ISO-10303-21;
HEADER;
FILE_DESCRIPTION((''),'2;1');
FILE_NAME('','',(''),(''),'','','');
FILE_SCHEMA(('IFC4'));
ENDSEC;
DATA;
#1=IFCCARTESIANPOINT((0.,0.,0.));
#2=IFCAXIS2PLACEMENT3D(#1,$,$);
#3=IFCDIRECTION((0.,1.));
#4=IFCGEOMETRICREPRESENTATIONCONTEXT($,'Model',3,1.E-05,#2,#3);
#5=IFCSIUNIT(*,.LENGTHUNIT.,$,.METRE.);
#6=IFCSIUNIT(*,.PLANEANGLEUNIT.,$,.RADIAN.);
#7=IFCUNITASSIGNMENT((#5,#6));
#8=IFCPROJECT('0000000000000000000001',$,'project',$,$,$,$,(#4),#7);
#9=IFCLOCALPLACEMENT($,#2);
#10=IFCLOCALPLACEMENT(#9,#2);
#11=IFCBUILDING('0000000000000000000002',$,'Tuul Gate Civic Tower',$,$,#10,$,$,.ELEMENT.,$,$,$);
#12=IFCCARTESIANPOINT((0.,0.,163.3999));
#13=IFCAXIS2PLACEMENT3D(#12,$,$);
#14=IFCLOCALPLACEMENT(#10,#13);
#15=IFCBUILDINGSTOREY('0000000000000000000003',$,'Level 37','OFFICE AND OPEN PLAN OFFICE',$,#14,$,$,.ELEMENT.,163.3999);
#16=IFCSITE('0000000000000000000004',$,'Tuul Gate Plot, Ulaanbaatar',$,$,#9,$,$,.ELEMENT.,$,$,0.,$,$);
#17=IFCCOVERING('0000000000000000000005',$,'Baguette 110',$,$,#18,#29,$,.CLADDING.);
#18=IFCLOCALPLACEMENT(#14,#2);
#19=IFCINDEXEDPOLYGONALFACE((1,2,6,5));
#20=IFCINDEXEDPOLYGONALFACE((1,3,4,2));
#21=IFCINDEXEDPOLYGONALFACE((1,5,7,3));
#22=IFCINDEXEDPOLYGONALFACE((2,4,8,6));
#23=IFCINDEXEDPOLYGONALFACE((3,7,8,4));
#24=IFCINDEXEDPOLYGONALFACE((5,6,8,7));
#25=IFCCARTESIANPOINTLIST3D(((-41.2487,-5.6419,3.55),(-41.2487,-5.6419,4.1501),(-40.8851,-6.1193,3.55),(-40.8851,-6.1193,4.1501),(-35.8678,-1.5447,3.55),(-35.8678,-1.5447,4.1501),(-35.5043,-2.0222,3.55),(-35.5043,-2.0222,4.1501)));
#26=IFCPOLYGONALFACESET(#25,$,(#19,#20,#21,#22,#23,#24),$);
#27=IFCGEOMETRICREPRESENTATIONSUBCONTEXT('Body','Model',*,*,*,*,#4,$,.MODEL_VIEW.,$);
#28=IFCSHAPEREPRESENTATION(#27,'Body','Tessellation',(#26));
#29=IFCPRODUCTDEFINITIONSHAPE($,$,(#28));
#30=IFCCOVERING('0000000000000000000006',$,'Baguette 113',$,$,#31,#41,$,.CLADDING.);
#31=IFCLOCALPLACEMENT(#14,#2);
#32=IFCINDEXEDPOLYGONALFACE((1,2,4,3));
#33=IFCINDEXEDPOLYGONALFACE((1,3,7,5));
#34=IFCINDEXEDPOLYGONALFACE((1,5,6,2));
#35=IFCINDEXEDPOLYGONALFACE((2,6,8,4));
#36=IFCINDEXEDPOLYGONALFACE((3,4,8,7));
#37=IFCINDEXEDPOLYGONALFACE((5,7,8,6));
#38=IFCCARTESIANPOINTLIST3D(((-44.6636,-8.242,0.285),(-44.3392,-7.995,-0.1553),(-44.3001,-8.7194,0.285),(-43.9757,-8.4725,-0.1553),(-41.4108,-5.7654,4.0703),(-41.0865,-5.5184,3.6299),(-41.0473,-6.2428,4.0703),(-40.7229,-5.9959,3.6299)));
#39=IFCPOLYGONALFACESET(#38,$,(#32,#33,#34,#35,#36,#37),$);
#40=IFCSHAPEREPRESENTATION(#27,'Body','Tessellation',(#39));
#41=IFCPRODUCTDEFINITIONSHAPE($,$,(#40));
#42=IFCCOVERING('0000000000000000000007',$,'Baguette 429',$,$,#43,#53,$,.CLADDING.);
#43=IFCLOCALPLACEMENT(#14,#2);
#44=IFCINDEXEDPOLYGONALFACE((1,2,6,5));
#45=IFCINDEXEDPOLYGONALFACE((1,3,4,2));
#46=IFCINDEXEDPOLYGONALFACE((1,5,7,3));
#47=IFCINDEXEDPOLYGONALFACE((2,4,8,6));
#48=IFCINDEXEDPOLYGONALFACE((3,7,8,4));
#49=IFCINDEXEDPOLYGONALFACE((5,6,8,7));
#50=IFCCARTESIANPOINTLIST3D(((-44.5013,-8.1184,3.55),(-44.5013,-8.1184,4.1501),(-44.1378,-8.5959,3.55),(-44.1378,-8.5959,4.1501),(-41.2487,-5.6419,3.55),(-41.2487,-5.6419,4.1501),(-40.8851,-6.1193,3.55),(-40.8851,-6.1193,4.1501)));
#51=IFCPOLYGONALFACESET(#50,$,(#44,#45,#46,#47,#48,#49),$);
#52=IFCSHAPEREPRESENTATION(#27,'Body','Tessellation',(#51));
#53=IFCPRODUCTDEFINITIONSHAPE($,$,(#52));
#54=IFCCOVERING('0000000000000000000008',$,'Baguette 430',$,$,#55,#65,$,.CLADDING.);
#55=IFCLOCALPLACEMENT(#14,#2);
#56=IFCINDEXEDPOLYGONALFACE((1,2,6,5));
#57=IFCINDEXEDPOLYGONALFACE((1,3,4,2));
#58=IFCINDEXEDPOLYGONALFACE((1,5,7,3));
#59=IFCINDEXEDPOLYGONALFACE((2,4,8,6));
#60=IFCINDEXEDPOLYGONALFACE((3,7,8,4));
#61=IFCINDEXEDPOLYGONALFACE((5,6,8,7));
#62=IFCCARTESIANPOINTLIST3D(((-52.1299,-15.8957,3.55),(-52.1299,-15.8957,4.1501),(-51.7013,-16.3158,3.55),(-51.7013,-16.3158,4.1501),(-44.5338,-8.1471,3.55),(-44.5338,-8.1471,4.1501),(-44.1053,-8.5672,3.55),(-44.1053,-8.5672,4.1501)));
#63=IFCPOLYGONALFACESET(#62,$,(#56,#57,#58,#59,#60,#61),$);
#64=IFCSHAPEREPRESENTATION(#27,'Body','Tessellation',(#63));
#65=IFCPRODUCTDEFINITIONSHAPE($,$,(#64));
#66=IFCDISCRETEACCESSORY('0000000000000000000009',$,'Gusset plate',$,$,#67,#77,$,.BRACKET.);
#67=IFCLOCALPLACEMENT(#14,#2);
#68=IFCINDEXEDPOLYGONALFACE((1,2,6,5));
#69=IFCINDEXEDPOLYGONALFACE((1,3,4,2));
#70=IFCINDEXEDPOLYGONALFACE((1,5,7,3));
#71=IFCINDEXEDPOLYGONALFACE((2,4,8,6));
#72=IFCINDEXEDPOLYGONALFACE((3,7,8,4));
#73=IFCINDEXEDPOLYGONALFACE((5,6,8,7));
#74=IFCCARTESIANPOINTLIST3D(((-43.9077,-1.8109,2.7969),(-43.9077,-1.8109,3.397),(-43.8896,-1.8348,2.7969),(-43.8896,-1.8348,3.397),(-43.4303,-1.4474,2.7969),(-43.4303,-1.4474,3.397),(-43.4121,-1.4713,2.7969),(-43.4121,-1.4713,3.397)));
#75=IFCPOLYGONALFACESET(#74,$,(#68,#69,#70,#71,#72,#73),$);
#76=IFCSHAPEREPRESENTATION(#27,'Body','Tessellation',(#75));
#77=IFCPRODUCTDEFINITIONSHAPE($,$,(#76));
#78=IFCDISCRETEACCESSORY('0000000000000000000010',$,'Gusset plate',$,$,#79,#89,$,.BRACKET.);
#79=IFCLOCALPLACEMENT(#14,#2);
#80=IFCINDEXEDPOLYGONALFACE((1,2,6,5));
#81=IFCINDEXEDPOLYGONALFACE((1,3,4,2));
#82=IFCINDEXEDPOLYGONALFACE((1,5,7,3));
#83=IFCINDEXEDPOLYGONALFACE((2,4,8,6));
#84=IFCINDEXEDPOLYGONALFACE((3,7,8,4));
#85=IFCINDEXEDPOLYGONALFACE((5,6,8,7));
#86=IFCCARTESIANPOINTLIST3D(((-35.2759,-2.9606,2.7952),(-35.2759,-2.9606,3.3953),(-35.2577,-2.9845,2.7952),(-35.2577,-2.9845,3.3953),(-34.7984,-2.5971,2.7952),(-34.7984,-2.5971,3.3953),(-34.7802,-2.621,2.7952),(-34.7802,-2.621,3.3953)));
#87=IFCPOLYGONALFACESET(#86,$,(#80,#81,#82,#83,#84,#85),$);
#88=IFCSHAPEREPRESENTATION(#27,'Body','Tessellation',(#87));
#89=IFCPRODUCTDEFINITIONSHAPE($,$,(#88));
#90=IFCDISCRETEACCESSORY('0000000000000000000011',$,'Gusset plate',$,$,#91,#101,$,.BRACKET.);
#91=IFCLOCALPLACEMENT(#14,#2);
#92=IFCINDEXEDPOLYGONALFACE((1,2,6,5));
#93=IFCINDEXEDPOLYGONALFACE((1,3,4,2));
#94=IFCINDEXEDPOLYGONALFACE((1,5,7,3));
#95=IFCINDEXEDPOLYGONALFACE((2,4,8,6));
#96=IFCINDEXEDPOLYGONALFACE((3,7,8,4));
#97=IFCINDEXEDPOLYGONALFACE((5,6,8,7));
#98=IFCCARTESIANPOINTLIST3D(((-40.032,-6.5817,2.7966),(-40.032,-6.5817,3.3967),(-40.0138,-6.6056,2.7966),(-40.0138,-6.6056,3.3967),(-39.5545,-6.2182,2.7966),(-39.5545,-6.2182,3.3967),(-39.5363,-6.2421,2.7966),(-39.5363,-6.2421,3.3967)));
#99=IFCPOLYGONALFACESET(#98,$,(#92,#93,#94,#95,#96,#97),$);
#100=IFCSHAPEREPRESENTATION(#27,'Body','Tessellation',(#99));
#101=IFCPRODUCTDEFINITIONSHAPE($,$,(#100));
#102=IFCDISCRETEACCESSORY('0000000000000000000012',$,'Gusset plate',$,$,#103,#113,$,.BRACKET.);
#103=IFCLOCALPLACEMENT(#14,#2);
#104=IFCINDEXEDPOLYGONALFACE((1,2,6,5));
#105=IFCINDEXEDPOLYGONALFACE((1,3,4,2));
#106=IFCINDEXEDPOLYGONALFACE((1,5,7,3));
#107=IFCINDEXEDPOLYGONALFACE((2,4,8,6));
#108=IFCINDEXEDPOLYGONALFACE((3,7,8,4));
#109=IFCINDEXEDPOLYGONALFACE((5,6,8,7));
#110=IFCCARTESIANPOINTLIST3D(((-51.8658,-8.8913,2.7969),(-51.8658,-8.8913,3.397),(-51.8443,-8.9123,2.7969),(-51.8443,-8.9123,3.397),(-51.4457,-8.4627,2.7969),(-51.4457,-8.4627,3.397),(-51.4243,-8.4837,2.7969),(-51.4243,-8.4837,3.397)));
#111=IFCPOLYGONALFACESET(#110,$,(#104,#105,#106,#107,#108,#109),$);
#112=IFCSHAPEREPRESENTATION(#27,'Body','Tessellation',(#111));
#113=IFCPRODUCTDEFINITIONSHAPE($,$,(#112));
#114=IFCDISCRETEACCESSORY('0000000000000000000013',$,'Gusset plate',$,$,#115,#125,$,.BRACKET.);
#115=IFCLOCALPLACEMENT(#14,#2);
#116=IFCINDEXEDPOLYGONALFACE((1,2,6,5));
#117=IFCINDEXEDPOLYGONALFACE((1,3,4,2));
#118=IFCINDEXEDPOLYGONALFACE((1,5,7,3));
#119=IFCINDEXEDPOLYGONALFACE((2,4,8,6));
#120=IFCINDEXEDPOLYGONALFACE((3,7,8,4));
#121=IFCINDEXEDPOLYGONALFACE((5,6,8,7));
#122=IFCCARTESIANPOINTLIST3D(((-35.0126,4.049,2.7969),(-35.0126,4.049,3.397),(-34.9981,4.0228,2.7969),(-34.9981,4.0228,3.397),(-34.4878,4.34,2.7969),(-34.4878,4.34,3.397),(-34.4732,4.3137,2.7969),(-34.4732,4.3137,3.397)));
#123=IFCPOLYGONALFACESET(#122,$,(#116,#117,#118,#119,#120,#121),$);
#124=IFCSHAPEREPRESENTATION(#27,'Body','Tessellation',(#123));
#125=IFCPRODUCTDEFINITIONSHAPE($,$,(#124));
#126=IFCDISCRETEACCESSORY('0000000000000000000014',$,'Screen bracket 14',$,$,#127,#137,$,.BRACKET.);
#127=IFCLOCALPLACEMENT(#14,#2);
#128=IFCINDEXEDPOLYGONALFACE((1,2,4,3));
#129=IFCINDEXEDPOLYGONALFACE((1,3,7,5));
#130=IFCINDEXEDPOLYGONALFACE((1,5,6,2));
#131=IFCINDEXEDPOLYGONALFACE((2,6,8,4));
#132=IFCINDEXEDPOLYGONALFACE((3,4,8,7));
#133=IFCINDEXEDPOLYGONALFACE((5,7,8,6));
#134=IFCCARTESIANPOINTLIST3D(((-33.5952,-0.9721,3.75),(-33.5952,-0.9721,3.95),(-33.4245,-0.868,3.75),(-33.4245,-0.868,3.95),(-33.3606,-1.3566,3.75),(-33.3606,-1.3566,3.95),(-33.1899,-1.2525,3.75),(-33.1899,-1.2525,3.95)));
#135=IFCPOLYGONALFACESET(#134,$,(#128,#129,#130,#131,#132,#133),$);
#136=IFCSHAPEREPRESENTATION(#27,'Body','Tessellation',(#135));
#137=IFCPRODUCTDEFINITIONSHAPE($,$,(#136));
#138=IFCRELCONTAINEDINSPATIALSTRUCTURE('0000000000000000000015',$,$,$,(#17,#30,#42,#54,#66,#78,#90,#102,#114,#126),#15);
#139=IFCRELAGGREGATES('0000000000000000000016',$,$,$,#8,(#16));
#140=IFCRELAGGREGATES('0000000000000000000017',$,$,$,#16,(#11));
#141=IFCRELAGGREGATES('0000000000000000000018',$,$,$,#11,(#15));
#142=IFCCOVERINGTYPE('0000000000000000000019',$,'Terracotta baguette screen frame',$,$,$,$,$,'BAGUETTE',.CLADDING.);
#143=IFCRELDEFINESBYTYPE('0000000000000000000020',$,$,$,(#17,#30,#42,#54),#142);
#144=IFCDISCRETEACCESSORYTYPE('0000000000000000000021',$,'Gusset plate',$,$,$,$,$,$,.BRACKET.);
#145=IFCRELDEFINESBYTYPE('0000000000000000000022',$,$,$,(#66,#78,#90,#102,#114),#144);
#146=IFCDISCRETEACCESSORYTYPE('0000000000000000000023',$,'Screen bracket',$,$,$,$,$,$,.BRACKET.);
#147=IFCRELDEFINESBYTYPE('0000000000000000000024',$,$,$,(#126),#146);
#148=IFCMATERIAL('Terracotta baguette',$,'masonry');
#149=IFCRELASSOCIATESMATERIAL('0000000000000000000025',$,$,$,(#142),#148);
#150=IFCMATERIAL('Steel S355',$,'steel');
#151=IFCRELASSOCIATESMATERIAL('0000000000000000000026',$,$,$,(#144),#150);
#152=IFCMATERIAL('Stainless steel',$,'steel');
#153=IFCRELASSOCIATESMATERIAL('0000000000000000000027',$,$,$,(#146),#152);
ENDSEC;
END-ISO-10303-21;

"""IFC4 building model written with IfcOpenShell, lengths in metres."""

from ifc_helpers import new_model, si_unit, direction, frame, origin, origin_2d, place, context, subcontext, project, spatial, rectangle, extrude, material, material_profile, profile_set, type_object, element, save


model = new_model("IFC4")

# Units and contexts
model_context = context("Model", 3, precision=1e-05, world=origin(), true_north=direction((0.0, 1.0)))
body_context = subcontext(model_context, "Body", "Model", "MODEL_VIEW")
ifc_project = project(units=[si_unit("LENGTHUNIT", "METRE"), si_unit("PLANEANGLEUNIT", "RADIAN")], contexts=[model_context])

# Site, building, storey
site_placement = place(None, origin())
site = spatial("IfcSite", under=ifc_project, at=site_placement, Name="Tuul Gate Plot, Ulaanbaatar", CompositionType="ELEMENT", RefElevation=0.0)
building_placement = place(site_placement, origin())
building = spatial("IfcBuilding", under=site, at=building_placement, Name="Tuul Gate Civic Tower", CompositionType="ELEMENT")
storey_placement = place(building_placement, frame((0.0, 0.0, 163.3999)))
storey = spatial("IfcBuildingStorey", under=building, at=storey_placement, Name="Level 37", Description="OFFICE AND OPEN PLAN OFFICE", CompositionType="ELEMENT", Elevation=163.3999)

# Coverings
ifc_material_1 = material(Name="Terracotta baguette", Category="masonry")
ifc_material_profile_1 = material_profile(ifc_material_1, rectangle(XDim=0.6001, YDim=0.6001, at=origin_2d()), Name="Terracotta baguette screen frame")
ifc_profile_set_1 = profile_set([ifc_material_profile_1], Name="Terracotta baguette")
covering_type = type_object("IfcCoveringType", Name="Terracotta baguette screen frame", ElementType="BAGUETTE", PredefinedType="CLADDING", material=ifc_profile_set_1)
covering_1_placement = place(storey_placement, frame((-35.686, -1.7834, 3.8501), z_axis=(-0.795612, -0.605806, 0.0), x_axis=(0.605806, -0.795612, 0.0)))
element("IfcCovering", 1, at=covering_1_placement, inside=storey, type_object=covering_type, Name="Baguette 110", PredefinedType="CLADDING", context=body_context, shape_type="SweptSolid", body=[
    extrude(rectangle(XDim=0.6001, YDim=0.6001, at=origin_2d()), origin(), (0.0, 0.0, 1.0), 6.7632),
])
covering_2_placement = place(storey_placement, frame((-41.0669, -5.8806, 3.8501), z_axis=(-0.583816, -0.444512, -0.679388), x_axis=(0.605784, -0.795629, 0.0)))
element("IfcCovering", 2, at=covering_2_placement, inside=storey, type_object=covering_type, Name="Baguette 113", PredefinedType="CLADDING", context=body_context, shape_type="SweptSolid", body=[
    extrude(rectangle(XDim=0.6001, YDim=0.6001, at=origin_2d()), origin(), (0.0, 0.0, 1.0), 5.5715),
])
covering_3_placement = place(storey_placement, frame((-41.0669, -5.8806, 3.8501), z_axis=(-0.795629, -0.605784, 0.0), x_axis=(0.605784, -0.795629, 0.0)))
element("IfcCovering", 3, at=covering_3_placement, inside=storey, type_object=covering_type, Name="Baguette 429", PredefinedType="CLADDING", context=body_context, shape_type="SweptSolid", body=[
    extrude(rectangle(XDim=0.6001, YDim=0.6001, at=origin_2d()), origin(), (0.0, 0.0, 1.0), 4.0881),
])
covering_4_placement = place(storey_placement, frame((-44.3196, -8.3572, 3.8501), z_axis=(-0.700041, -0.714103, 0.0), x_axis=(0.714103, -0.700041, 0.0)))
element("IfcCovering", 4, at=covering_4_placement, inside=storey, type_object=covering_type, Name="Baguette 430", PredefinedType="CLADDING", context=body_context, shape_type="SweptSolid", body=[
    extrude(rectangle(XDim=0.6001, YDim=0.6001, at=origin_2d()), origin(), (0.0, 0.0, 1.0), 10.8508),
])

# Discrete accessories
ifc_material_2 = material(Name="Steel S355", Category="steel")
discrete_accessory_type_1 = type_object("IfcDiscreteAccessoryType", Name="Gusset plate", PredefinedType="BRACKET", material=ifc_material_2)
for number, where, z_axis, x_axis, name in (
    (5, (-43.6599, -1.6411, 2.7969), (0.0, 0.0, 1.0), (0.795664, 0.605738, 0.0), "Gusset plate"),
    (6, (-35.0281, -2.7908, 2.7952), (0.0, 0.0, 1.0), (-0.795664, -0.605738, 0.0), "Gusset plate"),
    (7, (-39.7842, -6.4119, 2.7966), (0.0, 0.0, 1.0), (0.795664, 0.605738, 0.0), "Gusset plate"),
    (8, (-51.645, -8.6875, 2.7969), (0.0, 0.0, 1.0), (0.7, 0.714143, 0.0), "Gusset plate"),
    (9, (-34.7429, 4.1814, 2.7969), (0.0, 0.0, 1.0), (0.874585, 0.484871, 0.0), "Gusset plate"),
):
    element("IfcDiscreteAccessory", number, at=place(storey_placement, frame(where, z_axis=z_axis, x_axis=x_axis)), inside=storey, type_object=discrete_accessory_type_1, Name=name, PredefinedType="BRACKET", context=body_context, shape_type="SweptSolid", body=[
        extrude(rectangle(XDim=0.6001, YDim=0.03, at=origin_2d()), origin(), (0.0, 0.0, 1.0), 0.6001),
    ])
ifc_material_3 = material(Name="Stainless steel", Category="steel")
discrete_accessory_type_2 = type_object("IfcDiscreteAccessoryType", Name="Screen bracket", PredefinedType="BRACKET", material=ifc_material_3)
discrete_accessory_placement = place(storey_placement, frame((-33.3926, -1.1123, 3.75), z_axis=(0.0, 0.0, 1.0), x_axis=(-0.520746, 0.853712, 0.0)))
element("IfcDiscreteAccessory", 10, at=discrete_accessory_placement, inside=storey, type_object=discrete_accessory_type_2, Name="Screen bracket 14", PredefinedType="BRACKET", context=body_context, shape_type="SweptSolid", body=[
    extrude(rectangle(XDim=0.4504, YDim=0.2, at=origin_2d()), origin(), (0.0, 0.0, 1.0), 0.2),
])

save(model, "model.ifc")
